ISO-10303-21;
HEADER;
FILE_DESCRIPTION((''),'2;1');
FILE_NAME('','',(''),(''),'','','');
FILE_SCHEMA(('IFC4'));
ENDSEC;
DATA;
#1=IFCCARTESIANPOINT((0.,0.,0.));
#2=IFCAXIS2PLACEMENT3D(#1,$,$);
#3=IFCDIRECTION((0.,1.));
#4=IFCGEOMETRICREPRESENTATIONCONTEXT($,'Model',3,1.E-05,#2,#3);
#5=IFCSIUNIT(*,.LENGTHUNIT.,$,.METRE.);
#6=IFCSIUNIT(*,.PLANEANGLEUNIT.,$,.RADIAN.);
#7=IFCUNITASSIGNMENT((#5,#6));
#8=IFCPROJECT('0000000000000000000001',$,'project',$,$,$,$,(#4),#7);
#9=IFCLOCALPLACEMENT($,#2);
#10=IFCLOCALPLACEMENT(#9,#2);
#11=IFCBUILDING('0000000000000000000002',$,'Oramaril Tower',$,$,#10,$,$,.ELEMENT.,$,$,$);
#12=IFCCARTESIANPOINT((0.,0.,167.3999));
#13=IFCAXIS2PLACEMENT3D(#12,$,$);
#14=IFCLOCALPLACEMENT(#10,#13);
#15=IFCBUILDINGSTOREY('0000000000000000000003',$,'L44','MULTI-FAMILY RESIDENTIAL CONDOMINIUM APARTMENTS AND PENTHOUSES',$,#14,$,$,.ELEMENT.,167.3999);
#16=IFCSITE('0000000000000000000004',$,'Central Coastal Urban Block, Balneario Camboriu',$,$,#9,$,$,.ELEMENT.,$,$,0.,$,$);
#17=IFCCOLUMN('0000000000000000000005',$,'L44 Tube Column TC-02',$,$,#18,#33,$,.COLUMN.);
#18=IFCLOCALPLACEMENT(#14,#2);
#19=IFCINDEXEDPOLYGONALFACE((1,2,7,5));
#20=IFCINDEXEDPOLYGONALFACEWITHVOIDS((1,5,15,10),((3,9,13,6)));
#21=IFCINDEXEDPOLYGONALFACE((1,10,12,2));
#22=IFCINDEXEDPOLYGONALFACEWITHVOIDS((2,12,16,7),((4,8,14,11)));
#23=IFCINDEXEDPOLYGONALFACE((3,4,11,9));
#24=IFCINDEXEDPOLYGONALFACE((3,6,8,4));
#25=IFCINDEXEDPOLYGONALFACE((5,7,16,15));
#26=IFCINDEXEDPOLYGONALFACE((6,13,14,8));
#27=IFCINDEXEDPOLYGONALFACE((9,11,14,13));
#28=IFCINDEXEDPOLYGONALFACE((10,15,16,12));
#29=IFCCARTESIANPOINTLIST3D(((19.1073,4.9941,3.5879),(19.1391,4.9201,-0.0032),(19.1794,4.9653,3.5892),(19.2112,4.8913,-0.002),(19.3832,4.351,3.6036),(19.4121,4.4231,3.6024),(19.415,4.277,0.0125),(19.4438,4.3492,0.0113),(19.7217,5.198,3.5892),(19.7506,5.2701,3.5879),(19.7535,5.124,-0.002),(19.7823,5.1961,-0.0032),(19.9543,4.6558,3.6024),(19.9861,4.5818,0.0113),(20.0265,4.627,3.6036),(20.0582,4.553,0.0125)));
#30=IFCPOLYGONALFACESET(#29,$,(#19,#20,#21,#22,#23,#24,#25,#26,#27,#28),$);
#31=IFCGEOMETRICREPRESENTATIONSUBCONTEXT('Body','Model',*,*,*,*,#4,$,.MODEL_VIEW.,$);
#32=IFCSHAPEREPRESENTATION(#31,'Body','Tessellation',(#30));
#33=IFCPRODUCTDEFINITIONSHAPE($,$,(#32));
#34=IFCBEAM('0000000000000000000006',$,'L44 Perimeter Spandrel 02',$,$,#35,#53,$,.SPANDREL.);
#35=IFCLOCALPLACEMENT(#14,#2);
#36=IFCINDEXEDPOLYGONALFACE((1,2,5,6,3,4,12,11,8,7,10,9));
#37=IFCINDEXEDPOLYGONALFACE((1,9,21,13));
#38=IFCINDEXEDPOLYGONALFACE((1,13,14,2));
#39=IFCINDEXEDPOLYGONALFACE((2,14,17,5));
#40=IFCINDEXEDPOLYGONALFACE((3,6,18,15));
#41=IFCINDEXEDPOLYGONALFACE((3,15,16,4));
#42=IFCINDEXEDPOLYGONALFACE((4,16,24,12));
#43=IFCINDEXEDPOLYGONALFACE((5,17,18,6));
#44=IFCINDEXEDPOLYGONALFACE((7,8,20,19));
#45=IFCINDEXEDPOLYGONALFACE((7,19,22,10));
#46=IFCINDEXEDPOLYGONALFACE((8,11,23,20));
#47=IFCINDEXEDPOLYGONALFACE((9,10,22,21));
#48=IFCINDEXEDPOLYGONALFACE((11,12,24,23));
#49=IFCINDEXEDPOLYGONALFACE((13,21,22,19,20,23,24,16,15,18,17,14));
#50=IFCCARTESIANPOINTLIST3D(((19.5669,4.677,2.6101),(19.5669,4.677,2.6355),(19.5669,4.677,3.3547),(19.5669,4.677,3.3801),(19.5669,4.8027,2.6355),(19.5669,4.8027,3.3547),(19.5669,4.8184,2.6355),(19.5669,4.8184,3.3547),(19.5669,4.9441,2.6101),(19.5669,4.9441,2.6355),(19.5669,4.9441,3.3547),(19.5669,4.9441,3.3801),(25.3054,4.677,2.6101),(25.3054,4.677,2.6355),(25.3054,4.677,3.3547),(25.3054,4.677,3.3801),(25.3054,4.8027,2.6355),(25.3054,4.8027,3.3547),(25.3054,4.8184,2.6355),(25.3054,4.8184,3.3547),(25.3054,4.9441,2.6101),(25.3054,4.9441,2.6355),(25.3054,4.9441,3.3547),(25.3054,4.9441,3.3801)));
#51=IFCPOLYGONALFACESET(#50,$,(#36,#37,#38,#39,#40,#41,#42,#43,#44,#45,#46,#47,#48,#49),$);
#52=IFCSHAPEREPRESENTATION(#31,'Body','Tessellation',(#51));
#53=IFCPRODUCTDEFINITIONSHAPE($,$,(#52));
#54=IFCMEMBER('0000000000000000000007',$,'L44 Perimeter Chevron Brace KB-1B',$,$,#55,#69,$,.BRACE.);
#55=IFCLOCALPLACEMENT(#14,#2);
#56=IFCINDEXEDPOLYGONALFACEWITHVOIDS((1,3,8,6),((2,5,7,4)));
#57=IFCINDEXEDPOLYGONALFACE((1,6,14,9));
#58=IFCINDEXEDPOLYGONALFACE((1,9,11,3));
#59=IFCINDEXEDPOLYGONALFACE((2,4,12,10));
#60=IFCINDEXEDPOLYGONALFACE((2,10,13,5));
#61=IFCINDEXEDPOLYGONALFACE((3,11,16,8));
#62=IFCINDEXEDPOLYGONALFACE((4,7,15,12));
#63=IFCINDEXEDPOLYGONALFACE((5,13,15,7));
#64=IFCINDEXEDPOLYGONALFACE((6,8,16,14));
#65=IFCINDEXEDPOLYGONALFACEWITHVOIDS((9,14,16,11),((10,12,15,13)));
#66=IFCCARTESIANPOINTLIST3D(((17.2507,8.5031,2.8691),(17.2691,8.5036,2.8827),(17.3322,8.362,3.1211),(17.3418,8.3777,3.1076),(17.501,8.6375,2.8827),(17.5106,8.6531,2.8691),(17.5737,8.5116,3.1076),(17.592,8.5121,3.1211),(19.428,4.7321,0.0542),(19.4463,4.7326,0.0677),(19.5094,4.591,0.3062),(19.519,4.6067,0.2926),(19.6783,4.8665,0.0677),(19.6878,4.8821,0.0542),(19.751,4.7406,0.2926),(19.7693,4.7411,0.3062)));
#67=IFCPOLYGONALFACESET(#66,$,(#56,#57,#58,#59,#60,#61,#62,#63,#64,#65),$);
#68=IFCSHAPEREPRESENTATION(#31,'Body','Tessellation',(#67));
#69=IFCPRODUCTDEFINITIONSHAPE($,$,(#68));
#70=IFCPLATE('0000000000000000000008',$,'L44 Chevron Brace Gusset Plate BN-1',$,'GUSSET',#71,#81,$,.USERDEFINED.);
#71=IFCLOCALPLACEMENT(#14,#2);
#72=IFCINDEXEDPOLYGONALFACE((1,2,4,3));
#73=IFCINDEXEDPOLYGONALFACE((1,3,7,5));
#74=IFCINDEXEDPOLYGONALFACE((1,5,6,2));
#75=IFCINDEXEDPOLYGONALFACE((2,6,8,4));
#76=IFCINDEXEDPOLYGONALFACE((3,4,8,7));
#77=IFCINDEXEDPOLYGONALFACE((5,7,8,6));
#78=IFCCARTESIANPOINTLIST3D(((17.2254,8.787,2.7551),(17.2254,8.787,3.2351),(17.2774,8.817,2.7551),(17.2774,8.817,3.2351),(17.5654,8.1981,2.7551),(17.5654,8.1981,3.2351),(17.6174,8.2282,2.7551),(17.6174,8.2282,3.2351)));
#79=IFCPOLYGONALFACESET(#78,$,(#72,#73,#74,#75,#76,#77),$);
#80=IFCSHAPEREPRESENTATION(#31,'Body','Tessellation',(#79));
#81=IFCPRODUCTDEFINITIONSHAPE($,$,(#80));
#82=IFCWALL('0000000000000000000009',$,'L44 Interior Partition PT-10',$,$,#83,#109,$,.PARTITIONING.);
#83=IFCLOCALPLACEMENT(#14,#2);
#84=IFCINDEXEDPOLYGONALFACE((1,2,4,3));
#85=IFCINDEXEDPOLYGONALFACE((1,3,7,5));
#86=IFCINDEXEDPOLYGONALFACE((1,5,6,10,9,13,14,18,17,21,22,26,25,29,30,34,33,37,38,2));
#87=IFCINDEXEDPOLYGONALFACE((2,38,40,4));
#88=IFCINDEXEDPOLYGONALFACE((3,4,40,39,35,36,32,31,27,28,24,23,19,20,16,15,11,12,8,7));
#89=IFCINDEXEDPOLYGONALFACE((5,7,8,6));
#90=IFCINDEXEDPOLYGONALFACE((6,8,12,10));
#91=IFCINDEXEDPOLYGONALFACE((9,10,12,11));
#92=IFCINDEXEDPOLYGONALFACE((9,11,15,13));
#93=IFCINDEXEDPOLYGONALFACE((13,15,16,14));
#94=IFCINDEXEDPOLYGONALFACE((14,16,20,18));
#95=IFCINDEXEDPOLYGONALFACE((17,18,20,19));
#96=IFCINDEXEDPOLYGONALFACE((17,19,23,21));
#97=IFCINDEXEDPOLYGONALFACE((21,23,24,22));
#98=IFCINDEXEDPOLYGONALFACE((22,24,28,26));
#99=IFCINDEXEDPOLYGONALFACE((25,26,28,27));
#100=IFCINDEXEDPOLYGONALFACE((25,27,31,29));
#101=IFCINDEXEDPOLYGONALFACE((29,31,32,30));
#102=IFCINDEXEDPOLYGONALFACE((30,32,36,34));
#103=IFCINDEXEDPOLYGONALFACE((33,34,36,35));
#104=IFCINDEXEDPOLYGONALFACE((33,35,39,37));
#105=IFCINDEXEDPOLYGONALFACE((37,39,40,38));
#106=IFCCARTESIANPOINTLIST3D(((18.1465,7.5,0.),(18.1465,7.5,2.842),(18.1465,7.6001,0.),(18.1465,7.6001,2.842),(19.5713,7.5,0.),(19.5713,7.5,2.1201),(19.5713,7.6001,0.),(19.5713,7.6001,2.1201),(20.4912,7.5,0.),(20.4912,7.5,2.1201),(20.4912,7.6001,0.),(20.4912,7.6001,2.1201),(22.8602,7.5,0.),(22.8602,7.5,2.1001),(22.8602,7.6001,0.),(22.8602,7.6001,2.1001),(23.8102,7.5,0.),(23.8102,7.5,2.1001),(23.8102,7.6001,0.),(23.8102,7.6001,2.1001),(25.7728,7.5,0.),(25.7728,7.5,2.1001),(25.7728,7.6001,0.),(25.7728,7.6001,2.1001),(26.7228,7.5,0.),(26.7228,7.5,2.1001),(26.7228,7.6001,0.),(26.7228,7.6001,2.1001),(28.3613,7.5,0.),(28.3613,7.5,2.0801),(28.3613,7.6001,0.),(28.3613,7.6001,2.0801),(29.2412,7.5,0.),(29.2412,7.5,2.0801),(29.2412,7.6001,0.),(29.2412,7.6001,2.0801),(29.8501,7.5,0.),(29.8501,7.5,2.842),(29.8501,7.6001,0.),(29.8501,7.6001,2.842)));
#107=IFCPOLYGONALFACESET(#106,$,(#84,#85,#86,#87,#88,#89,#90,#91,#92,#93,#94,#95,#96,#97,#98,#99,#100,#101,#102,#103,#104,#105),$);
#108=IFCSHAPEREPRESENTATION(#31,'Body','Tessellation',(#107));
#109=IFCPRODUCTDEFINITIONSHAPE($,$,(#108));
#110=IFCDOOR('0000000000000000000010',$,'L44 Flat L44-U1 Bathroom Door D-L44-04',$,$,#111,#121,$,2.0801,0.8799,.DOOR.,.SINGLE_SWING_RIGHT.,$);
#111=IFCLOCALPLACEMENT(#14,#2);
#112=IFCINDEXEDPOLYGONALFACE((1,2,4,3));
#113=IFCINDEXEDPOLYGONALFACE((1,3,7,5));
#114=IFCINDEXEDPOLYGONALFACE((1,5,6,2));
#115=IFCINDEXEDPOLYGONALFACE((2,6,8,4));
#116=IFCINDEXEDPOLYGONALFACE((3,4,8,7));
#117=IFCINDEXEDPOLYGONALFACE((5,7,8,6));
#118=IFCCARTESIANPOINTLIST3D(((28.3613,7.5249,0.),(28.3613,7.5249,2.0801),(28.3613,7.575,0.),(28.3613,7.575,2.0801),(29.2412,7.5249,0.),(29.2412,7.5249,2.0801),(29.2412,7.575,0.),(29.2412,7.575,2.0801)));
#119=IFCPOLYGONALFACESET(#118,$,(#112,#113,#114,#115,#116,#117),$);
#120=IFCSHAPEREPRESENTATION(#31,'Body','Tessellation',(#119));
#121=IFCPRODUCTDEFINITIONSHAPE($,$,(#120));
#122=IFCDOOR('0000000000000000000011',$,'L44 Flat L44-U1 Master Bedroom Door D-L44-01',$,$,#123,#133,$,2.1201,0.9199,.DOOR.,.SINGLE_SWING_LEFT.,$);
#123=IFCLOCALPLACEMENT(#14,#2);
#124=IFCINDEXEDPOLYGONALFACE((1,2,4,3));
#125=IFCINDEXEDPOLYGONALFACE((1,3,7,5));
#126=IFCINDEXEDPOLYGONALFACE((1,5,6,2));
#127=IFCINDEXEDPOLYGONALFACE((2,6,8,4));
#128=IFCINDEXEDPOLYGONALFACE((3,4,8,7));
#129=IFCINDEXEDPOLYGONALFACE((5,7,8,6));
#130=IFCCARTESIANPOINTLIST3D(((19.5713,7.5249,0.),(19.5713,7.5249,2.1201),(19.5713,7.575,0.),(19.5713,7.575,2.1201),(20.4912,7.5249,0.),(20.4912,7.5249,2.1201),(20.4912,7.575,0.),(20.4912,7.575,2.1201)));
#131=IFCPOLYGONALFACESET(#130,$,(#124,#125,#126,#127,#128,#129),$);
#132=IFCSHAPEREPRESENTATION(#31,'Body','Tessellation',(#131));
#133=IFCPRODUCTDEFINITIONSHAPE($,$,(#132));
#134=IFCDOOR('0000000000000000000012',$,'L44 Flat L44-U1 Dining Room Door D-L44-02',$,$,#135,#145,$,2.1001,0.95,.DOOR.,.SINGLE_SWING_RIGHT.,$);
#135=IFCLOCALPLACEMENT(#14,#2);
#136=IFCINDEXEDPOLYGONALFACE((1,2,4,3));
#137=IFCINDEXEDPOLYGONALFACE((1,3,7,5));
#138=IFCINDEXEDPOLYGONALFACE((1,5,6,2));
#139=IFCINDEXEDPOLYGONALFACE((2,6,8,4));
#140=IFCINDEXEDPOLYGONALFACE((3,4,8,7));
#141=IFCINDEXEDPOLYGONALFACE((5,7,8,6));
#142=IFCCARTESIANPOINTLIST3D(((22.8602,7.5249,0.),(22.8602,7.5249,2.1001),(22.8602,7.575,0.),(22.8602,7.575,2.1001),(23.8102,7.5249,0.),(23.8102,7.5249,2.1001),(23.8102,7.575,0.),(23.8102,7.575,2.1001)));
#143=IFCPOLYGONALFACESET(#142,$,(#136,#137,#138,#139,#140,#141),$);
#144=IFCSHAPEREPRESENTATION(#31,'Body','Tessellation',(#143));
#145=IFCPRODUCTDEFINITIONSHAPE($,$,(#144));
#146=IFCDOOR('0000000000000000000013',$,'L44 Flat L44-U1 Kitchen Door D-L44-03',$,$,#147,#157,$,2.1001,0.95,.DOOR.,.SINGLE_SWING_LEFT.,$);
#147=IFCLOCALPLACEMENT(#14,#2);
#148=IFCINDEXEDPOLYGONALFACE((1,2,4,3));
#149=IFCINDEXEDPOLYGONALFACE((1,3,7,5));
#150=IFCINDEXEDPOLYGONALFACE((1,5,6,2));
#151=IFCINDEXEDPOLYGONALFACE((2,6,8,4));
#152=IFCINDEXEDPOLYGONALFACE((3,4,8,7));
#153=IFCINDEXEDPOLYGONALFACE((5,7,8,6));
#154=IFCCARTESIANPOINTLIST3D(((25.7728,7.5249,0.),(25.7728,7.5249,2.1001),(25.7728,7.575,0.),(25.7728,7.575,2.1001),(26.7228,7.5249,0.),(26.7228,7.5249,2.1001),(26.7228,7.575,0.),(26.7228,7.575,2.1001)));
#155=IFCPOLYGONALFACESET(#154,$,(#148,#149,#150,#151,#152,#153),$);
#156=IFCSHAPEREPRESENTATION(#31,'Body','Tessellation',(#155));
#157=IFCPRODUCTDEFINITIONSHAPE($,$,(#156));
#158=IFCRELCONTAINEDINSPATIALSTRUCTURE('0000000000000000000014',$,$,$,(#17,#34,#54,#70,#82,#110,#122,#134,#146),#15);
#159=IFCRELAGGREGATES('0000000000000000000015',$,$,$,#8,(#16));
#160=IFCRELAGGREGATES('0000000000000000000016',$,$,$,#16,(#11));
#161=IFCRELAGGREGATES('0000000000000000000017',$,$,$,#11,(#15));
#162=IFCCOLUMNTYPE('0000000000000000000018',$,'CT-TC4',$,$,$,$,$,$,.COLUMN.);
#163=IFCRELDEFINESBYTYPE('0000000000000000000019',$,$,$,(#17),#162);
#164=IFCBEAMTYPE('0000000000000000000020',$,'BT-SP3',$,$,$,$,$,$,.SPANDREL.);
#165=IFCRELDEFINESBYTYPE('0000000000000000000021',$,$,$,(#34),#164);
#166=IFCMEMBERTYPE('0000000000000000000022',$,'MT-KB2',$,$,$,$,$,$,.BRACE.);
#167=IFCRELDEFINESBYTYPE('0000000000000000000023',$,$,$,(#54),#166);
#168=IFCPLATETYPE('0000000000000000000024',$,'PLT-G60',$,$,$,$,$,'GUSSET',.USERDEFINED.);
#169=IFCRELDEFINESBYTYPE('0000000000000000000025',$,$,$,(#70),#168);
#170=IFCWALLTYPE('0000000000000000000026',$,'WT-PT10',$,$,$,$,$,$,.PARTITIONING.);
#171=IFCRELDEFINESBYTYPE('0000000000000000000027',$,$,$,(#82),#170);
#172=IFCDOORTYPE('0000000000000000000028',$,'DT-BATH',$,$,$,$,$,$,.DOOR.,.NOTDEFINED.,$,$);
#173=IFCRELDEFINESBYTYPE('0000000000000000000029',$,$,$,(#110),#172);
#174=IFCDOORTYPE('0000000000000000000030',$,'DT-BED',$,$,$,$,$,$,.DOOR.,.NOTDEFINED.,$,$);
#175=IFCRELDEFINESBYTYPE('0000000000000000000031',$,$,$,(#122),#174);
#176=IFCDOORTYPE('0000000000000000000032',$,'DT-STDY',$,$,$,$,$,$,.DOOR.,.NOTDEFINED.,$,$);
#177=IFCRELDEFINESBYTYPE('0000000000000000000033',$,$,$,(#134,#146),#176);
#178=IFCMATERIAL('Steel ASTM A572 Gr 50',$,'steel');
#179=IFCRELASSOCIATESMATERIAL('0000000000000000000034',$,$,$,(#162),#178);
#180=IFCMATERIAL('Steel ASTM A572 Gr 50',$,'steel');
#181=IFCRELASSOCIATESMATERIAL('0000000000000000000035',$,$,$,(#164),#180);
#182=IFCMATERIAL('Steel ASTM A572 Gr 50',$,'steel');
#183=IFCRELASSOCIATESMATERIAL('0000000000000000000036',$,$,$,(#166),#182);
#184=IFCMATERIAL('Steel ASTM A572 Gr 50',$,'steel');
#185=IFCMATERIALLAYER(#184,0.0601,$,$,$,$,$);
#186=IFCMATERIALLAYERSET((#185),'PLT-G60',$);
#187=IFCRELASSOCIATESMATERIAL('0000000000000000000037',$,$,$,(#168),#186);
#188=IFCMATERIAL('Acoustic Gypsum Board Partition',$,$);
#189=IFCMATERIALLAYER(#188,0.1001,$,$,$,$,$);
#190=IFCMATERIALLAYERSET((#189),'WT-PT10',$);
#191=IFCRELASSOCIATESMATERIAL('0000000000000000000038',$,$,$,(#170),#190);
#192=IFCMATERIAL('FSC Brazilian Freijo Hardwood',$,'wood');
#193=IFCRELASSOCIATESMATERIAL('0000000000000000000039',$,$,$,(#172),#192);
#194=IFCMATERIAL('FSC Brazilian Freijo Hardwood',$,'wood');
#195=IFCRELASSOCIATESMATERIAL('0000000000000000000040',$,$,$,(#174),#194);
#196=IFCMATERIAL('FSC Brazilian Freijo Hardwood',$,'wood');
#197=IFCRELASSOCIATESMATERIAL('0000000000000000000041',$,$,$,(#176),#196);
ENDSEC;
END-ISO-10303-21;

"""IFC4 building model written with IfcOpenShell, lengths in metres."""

from ifc_helpers import new_model, si_unit, direction, frame, frame_2d, origin, origin_2d, place, context, subcontext, project, spatial, rectangle, hollow_rectangle, i_section, extrude, material, layer, layer_set, material_profile, profile_set, type_object, element, fill, save


model = new_model("IFC4")

# Units and contexts
model_context = context("Model", 3, precision=1e-05, world=origin(), true_north=direction((0.0, 1.0)))
body_context = subcontext(model_context, "Body", "Model", "MODEL_VIEW")
ifc_project = project(units=[si_unit("LENGTHUNIT", "METRE"), si_unit("PLANEANGLEUNIT", "RADIAN")], contexts=[model_context])

# Site, building, storey
site_placement = place(None, origin())
site = spatial("IfcSite", under=ifc_project, at=site_placement, Name="Central Coastal Urban Block, Balneario Camboriu", CompositionType="ELEMENT", RefElevation=0.0)
building_placement = place(site_placement, origin())
building = spatial("IfcBuilding", under=site, at=building_placement, Name="Oramaril Tower", CompositionType="ELEMENT")
storey_placement = place(building_placement, frame((0.0, 0.0, 167.3999)))
storey = spatial("IfcBuildingStorey", under=building, at=storey_placement, Name="L44", Description="MULTI-FAMILY RESIDENTIAL CONDOMINIUM APARTMENTS AND PENTHOUSES", CompositionType="ELEMENT", Elevation=167.3999)

# Column
ifc_material_1 = material(Name="Steel ASTM A572 Gr 50", Category="steel")
ifc_material_profile_1 = material_profile(ifc_material_1, hollow_rectangle(XDim=0.7, YDim=0.7, WallThickness=0.0549, at=origin_2d()), Name="BOX700X700X55")
ifc_profile_set_1 = profile_set([ifc_material_profile_1], Name="Steel ASTM A572 Gr 50")
column_type = type_object("IfcColumnType", Name="CT-TC4", PredefinedType="COLUMN", material=ifc_profile_set_1)
column_placement = place(storey_placement, frame((19.5986, 4.7366, 0.0046), z_axis=(-0.008836, 0.020594, 0.999749), x_axis=(-0.918988, -0.394285, 0.0)))
element("IfcColumn", 1, at=column_placement, inside=storey, type_object=column_type, Name="L44 Tube Column TC-02", PredefinedType="COLUMN", context=body_context, shape_type="SweptSolid", body=[
    extrude(hollow_rectangle(XDim=0.7, YDim=0.7, WallThickness=0.0549, at=origin_2d()), origin(), (0.0, 0.0, 1.0), 3.592),
])

# Beam
ifc_material_2 = material(Name="Steel ASTM A572 Gr 50", Category="steel")
ifc_material_profile_2 = material_profile(ifc_material_2, i_section(OverallWidth=0.2671, OverallDepth=0.77, WebThickness=0.0156, FlangeThickness=0.0254, at=origin_2d()), Name="W30X132")
ifc_profile_set_2 = profile_set([ifc_material_profile_2], Name="Steel ASTM A572 Gr 50")
beam_type = type_object("IfcBeamType", Name="BT-SP3", PredefinedType="SPANDREL", material=ifc_profile_set_2)
beam_placement = place(storey_placement, frame((19.5669, 4.8105, 2.9951), z_axis=(1.0, 0.0, 0.0), x_axis=(0.0, 1.0, 0.0)))
element("IfcBeam", 2, at=beam_placement, inside=storey, type_object=beam_type, Name="L44 Perimeter Spandrel 02", PredefinedType="SPANDREL", context=body_context, shape_type="SweptSolid", body=[
    extrude(i_section(OverallWidth=0.2671, OverallDepth=0.77, WebThickness=0.0156, FlangeThickness=0.0254, at=origin_2d()), origin(), (0.0, 0.0, 1.0), 5.7385),
])

# Member
ifc_material_3 = material(Name="Steel ASTM A572 Gr 50", Category="steel")
ifc_material_profile_3 = material_profile(ifc_material_3, hollow_rectangle(XDim=0.3, YDim=0.3, WallThickness=0.0161, at=origin_2d()), Name="HSS300X300X16")
ifc_profile_set_3 = profile_set([ifc_material_profile_3], Name="Steel ASTM A572 Gr 50")
member_type = type_object("IfcMemberType", Name="MT-KB2", PredefinedType="BRACE", material=ifc_profile_set_3)
member_placement = place(storey_placement, frame((19.5986, 4.7366, 0.1802), z_axis=(-0.419909, 0.727283, 0.542896), x_axis=(-0.866019, -0.50001, 0.0)))
element("IfcMember", 3, at=member_placement, inside=storey, type_object=member_type, Name="L44 Perimeter Chevron Brace KB-1B", PredefinedType="BRACE", context=body_context, shape_type="SweptSolid", body=[
    extrude(hollow_rectangle(XDim=0.3, YDim=0.3, WallThickness=0.0161, at=origin_2d()), origin(), (0.0, 0.0, 1.0), 5.1851),
])

# Plate
ifc_material_4 = material(Name="Steel ASTM A572 Gr 50", Category="steel")
ifc_layer_1 = layer(ifc_material_4, 0.0601)
ifc_layer_set_1 = layer_set([ifc_layer_1], Name="PLT-G60")
plate_type = type_object("IfcPlateType", Name="PLT-G60", ElementType="GUSSET", PredefinedType="USERDEFINED", material=ifc_layer_set_1)
plate_placement = place(storey_placement, frame((17.4214, 8.5076, 2.7551), z_axis=(0.0, 0.0, 1.0), x_axis=(0.499997, -0.866027, 0.0)))
element("IfcPlate", 4, at=plate_placement, inside=storey, type_object=plate_type, Name="L44 Chevron Brace Gusset Plate BN-1", ObjectType="GUSSET", PredefinedType="USERDEFINED", context=body_context, shape_type="SweptSolid", body=[
    extrude(rectangle(XDim=0.6799, YDim=0.0601, at=origin_2d()), origin(), (0.0, 0.0, 1.0), 0.48),
])

# Wall, openings, doors
ifc_material_5 = material(Name="Acoustic Gypsum Board Partition")
ifc_layer_2 = layer(ifc_material_5, 0.1001)
ifc_layer_set_2 = layer_set([ifc_layer_2], Name="WT-PT10")
wall_type_1 = type_object("IfcWallType", Name="WT-PT10", PredefinedType="PARTITIONING", material=ifc_layer_set_2)
wall_1_placement = place(storey_placement, frame((18.1465, 7.55, 0.0), z_axis=(0.0, 0.0, 1.0), x_axis=(1.0, 0.0, 0.0)))
wall_1 = element("IfcWall", 5, at=wall_1_placement, inside=storey, type_object=wall_type_1, Name="L44 Interior Partition PT-10", PredefinedType="PARTITIONING", context=body_context, shape_type="SweptSolid", body=[
    extrude(rectangle(XDim=11.7036, YDim=0.1001, at=frame_2d((5.8518, 0.0))), origin(), (0.0, 0.0, 1.0), 2.842),
])
opening_1_placement = place(wall_1_placement, frame((1.4248, 0.0, 0.0)))
opening_1 = element("IfcOpeningElement", 6, at=opening_1_placement, cuts=wall_1, PredefinedType="OPENING", context=body_context, shape_type="SweptSolid", body=[
    extrude(rectangle(XDim=0.9199, YDim=2.1201, at=frame_2d((0.46, 1.0601))), frame((0.0, 0.05, 0.0), z_axis=(0.0, -1.0, 0.0), x_axis=(1.0, 0.0, 0.0)), (0.0, 0.0, 1.0), 0.1001),
])
opening_2_placement = place(wall_1_placement, frame((4.7136, 0.0, 0.0)))
opening_2 = element("IfcOpeningElement", 7, at=opening_2_placement, cuts=wall_1, PredefinedType="OPENING", context=body_context, shape_type="SweptSolid", body=[
    extrude(rectangle(XDim=0.95, YDim=2.1001, at=frame_2d((0.4751, 1.05))), frame((0.0, 0.05, 0.0), z_axis=(0.0, -1.0, 0.0), x_axis=(1.0, 0.0, 0.0)), (0.0, 0.0, 1.0), 0.1001),
])
opening_3_placement = place(wall_1_placement, frame((7.6262, 0.0, 0.0)))
opening_3 = element("IfcOpeningElement", 8, at=opening_3_placement, cuts=wall_1, PredefinedType="OPENING", context=body_context, shape_type="SweptSolid", body=[
    extrude(rectangle(XDim=0.95, YDim=2.1001, at=frame_2d((0.4751, 1.05))), frame((0.0, 0.05, 0.0), z_axis=(0.0, -1.0, 0.0), x_axis=(1.0, 0.0, 0.0)), (0.0, 0.0, 1.0), 0.1001),
])
opening_4_placement = place(wall_1_placement, frame((10.2148, 0.0, 0.0)))
opening_4 = element("IfcOpeningElement", 9, at=opening_4_placement, cuts=wall_1, PredefinedType="OPENING", context=body_context, shape_type="SweptSolid", body=[
    extrude(rectangle(XDim=0.8799, YDim=2.0801, at=frame_2d((0.4399, 1.04))), frame((0.0, 0.05, 0.0), z_axis=(0.0, -1.0, 0.0), x_axis=(1.0, 0.0, 0.0)), (0.0, 0.0, 1.0), 0.1001),
])
ifc_material_6 = material(Name="FSC Brazilian Freijo Hardwood", Category="wood")
door_type_1 = type_object("IfcDoorType", Name="DT-BATH", OperationType="NOTDEFINED", PredefinedType="DOOR", material=ifc_material_6)
door_1_placement = place(opening_4_placement, origin())
door_1 = element("IfcDoor", 10, at=door_1_placement, inside=storey, type_object=door_type_1, Name="L44 Flat L44-U1 Bathroom Door D-L44-04", OperationType="SINGLE_SWING_RIGHT", OverallHeight=2.0801, OverallWidth=0.8799, PredefinedType="DOOR", context=body_context, shape_type="SweptSolid", body=[
    extrude(rectangle(XDim=0.8799, YDim=2.0801, at=frame_2d((0.4399, 1.04))), frame((0.0, 0.0249, 0.0), z_axis=(0.0, -1.0, 0.0), x_axis=(1.0, 0.0, 0.0)), (0.0, 0.0, 1.0), 0.05),
])
fill(opening_4, door_1)
ifc_material_7 = material(Name="FSC Brazilian Freijo Hardwood", Category="wood")
door_type_2 = type_object("IfcDoorType", Name="DT-BED", OperationType="NOTDEFINED", PredefinedType="DOOR", material=ifc_material_7)
door_2_placement = place(opening_1_placement, origin())
door_2 = element("IfcDoor", 11, at=door_2_placement, inside=storey, type_object=door_type_2, Name="L44 Flat L44-U1 Master Bedroom Door D-L44-01", OperationType="SINGLE_SWING_LEFT", OverallHeight=2.1201, OverallWidth=0.9199, PredefinedType="DOOR", context=body_context, shape_type="SweptSolid", body=[
    extrude(rectangle(XDim=0.9199, YDim=2.1201, at=frame_2d((0.46, 1.0601))), frame((0.0, 0.0249, 0.0), z_axis=(0.0, -1.0, 0.0), x_axis=(1.0, 0.0, 0.0)), (0.0, 0.0, 1.0), 0.05),
])
fill(opening_1, door_2)
ifc_material_8 = material(Name="FSC Brazilian Freijo Hardwood", Category="wood")
door_type_3 = type_object("IfcDoorType", Name="DT-STDY", OperationType="NOTDEFINED", PredefinedType="DOOR", material=ifc_material_8)
door_3_placement = place(opening_2_placement, origin())
door_3 = element("IfcDoor", 12, at=door_3_placement, inside=storey, type_object=door_type_3, Name="L44 Flat L44-U1 Dining Room Door D-L44-02", OperationType="SINGLE_SWING_RIGHT", OverallHeight=2.1001, OverallWidth=0.95, PredefinedType="DOOR", context=body_context, shape_type="SweptSolid", body=[
    extrude(rectangle(XDim=0.95, YDim=2.1001, at=frame_2d((0.4751, 1.05))), frame((0.0, 0.0249, 0.0), z_axis=(0.0, -1.0, 0.0), x_axis=(1.0, 0.0, 0.0)), (0.0, 0.0, 1.0), 0.05),
])
fill(opening_2, door_3)
door_4_placement = place(opening_3_placement, origin())
door_4 = element("IfcDoor", 13, at=door_4_placement, inside=storey, type_object=door_type_3, Name="L44 Flat L44-U1 Kitchen Door D-L44-03", OperationType="SINGLE_SWING_LEFT", OverallHeight=2.1001, OverallWidth=0.95, PredefinedType="DOOR", context=body_context, shape_type="SweptSolid", body=[
    extrude(rectangle(XDim=0.95, YDim=2.1001, at=frame_2d((0.4751, 1.05))), frame((0.0, 0.0249, 0.0), z_axis=(0.0, -1.0, 0.0), x_axis=(1.0, 0.0, 0.0)), (0.0, 0.0, 1.0), 0.05),
])
fill(opening_3, door_4)

save(model, "model.ifc")
